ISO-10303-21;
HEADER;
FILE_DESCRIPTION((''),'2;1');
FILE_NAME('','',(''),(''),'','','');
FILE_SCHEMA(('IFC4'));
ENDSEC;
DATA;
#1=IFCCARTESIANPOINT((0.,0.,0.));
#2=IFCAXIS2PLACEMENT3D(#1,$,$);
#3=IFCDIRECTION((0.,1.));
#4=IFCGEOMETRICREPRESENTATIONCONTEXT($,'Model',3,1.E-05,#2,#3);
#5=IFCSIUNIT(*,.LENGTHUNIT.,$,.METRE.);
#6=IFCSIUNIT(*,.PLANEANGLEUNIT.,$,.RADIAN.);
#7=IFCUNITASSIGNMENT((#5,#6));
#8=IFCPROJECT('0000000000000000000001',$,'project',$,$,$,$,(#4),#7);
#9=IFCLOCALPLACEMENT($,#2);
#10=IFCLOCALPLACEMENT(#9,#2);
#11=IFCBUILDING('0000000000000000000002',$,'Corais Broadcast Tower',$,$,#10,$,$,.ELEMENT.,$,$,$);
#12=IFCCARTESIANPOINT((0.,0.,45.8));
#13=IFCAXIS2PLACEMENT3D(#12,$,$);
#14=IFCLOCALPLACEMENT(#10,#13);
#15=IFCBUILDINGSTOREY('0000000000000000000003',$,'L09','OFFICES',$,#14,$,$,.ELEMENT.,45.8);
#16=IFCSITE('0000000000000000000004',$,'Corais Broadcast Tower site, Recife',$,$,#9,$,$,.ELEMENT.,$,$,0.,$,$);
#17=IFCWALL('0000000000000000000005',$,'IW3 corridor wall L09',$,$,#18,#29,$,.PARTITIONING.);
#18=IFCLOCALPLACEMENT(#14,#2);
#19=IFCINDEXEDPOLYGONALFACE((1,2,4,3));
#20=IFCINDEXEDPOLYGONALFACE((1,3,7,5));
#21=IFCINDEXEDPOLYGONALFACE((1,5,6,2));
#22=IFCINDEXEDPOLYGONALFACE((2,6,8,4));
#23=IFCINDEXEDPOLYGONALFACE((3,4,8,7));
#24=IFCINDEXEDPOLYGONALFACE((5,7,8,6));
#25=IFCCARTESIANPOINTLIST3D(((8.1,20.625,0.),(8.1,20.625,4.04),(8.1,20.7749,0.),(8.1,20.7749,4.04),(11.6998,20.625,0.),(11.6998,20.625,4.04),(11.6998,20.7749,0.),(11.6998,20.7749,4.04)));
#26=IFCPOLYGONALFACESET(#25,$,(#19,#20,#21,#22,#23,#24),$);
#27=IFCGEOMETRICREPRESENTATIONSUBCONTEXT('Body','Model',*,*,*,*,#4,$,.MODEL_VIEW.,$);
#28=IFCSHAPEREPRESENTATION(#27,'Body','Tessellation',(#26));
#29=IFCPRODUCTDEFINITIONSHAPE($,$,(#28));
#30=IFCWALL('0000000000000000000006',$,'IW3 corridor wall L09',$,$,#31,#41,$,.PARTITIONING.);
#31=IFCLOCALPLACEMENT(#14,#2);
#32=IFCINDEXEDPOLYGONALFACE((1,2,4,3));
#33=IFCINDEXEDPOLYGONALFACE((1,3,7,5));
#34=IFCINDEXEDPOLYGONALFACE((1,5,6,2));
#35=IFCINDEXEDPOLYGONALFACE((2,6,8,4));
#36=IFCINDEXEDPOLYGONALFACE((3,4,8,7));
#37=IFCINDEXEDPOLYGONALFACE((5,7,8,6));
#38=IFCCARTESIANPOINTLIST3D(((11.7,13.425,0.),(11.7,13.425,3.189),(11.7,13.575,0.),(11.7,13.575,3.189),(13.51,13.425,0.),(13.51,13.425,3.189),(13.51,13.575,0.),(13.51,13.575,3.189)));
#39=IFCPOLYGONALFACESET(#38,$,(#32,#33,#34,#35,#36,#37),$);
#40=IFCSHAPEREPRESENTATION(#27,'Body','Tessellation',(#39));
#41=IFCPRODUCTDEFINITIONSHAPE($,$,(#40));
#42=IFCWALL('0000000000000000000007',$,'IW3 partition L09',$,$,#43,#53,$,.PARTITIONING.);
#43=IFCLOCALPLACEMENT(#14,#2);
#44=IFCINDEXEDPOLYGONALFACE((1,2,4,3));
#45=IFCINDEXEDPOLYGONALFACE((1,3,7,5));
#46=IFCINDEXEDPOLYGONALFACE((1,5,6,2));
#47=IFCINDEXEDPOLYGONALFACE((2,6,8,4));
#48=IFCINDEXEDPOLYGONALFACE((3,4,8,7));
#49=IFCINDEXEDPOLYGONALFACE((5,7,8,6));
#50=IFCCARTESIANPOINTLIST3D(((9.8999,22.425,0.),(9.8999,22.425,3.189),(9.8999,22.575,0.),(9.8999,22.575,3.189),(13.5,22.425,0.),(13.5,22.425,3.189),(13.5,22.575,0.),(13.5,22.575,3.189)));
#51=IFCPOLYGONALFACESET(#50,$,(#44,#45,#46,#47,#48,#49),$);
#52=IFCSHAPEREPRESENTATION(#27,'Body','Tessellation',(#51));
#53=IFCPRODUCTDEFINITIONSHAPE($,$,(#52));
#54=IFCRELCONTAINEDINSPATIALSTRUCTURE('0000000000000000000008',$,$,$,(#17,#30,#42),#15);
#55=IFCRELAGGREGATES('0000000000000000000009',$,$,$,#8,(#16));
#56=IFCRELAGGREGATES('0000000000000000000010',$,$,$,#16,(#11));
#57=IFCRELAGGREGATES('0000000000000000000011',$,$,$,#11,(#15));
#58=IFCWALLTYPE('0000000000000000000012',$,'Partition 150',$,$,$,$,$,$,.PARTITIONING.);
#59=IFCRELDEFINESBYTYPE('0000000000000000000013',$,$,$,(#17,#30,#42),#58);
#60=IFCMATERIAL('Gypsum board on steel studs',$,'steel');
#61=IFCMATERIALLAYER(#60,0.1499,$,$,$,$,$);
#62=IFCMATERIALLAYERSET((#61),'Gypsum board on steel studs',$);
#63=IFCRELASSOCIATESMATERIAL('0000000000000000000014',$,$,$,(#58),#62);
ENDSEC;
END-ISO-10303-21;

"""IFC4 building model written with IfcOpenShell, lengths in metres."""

from ifc_helpers import new_model, si_unit, direction, frame, frame_2d, origin, place, context, subcontext, project, spatial, rectangle, extrude, material, layer, layer_set, type_object, element, save


model = new_model("IFC4")

# Units and contexts
model_context = context("Model", 3, precision=1e-05, world=origin(), true_north=direction((0.0, 1.0)))
body_context = subcontext(model_context, "Body", "Model", "MODEL_VIEW")
ifc_project = project(units=[si_unit("LENGTHUNIT", "METRE"), si_unit("PLANEANGLEUNIT", "RADIAN")], contexts=[model_context])

# Site, building, storey
site_placement = place(None, origin())
site = spatial("IfcSite", under=ifc_project, at=site_placement, Name="Corais Broadcast Tower site, Recife", CompositionType="ELEMENT", RefElevation=0.0)
building_placement = place(site_placement, origin())
building = spatial("IfcBuilding", under=site, at=building_placement, Name="Corais Broadcast Tower", CompositionType="ELEMENT")
storey_placement = place(building_placement, frame((0.0, 0.0, 45.8)))
storey = spatial("IfcBuildingStorey", under=building, at=storey_placement, Name="L09", Description="OFFICES", CompositionType="ELEMENT", Elevation=45.8)

# Walls
ifc_material_1 = material(Name="Gypsum board on steel studs", Category="steel")
ifc_layer_1 = layer(ifc_material_1, 0.1499)
ifc_layer_set_1 = layer_set([ifc_layer_1], Name="Gypsum board on steel studs")
wall_type = type_object("IfcWallType", Name="Partition 150", PredefinedType="PARTITIONING", material=ifc_layer_set_1)
wall_1_placement = place(storey_placement, frame((8.1001, 20.7, 0.0), z_axis=(0.0, 0.0, 1.0), x_axis=(1.0, 0.0, 0.0)))
element("IfcWall", 1, at=wall_1_placement, inside=storey, type_object=wall_type, Name="IW3 corridor wall L09", PredefinedType="PARTITIONING", context=body_context, shape_type="SweptSolid", body=[
    extrude(rectangle(XDim=3.5999, YDim=0.1499, at=frame_2d((1.7998, 0.0))), origin(), (0.0, 0.0, 1.0), 4.04),
])
wall_2_placement = place(storey_placement, frame((11.7, 13.5, 0.0), z_axis=(0.0, 0.0, 1.0), x_axis=(1.0, 0.0, 0.0)))
element("IfcWall", 2, at=wall_2_placement, inside=storey, type_object=wall_type, Name="IW3 corridor wall L09", PredefinedType="PARTITIONING", context=body_context, shape_type="SweptSolid", body=[
    extrude(rectangle(XDim=1.8101, YDim=0.1499, at=frame_2d((0.905, 0.0))), origin(), (0.0, 0.0, 1.0), 3.189),
])
wall_3_placement = place(storey_placement, frame((9.8999, 22.5, 0.0), z_axis=(0.0, 0.0, 1.0), x_axis=(1.0, 0.0, 0.0)))
element("IfcWall", 3, at=wall_3_placement, inside=storey, type_object=wall_type, Name="IW3 partition L09", PredefinedType="PARTITIONING", context=body_context, shape_type="SweptSolid", body=[
    extrude(rectangle(XDim=3.6001, YDim=0.1499, at=frame_2d((1.8, 0.0))), origin(), (0.0, 0.0, 1.0), 3.189),
])

save(model, "model.ifc")
